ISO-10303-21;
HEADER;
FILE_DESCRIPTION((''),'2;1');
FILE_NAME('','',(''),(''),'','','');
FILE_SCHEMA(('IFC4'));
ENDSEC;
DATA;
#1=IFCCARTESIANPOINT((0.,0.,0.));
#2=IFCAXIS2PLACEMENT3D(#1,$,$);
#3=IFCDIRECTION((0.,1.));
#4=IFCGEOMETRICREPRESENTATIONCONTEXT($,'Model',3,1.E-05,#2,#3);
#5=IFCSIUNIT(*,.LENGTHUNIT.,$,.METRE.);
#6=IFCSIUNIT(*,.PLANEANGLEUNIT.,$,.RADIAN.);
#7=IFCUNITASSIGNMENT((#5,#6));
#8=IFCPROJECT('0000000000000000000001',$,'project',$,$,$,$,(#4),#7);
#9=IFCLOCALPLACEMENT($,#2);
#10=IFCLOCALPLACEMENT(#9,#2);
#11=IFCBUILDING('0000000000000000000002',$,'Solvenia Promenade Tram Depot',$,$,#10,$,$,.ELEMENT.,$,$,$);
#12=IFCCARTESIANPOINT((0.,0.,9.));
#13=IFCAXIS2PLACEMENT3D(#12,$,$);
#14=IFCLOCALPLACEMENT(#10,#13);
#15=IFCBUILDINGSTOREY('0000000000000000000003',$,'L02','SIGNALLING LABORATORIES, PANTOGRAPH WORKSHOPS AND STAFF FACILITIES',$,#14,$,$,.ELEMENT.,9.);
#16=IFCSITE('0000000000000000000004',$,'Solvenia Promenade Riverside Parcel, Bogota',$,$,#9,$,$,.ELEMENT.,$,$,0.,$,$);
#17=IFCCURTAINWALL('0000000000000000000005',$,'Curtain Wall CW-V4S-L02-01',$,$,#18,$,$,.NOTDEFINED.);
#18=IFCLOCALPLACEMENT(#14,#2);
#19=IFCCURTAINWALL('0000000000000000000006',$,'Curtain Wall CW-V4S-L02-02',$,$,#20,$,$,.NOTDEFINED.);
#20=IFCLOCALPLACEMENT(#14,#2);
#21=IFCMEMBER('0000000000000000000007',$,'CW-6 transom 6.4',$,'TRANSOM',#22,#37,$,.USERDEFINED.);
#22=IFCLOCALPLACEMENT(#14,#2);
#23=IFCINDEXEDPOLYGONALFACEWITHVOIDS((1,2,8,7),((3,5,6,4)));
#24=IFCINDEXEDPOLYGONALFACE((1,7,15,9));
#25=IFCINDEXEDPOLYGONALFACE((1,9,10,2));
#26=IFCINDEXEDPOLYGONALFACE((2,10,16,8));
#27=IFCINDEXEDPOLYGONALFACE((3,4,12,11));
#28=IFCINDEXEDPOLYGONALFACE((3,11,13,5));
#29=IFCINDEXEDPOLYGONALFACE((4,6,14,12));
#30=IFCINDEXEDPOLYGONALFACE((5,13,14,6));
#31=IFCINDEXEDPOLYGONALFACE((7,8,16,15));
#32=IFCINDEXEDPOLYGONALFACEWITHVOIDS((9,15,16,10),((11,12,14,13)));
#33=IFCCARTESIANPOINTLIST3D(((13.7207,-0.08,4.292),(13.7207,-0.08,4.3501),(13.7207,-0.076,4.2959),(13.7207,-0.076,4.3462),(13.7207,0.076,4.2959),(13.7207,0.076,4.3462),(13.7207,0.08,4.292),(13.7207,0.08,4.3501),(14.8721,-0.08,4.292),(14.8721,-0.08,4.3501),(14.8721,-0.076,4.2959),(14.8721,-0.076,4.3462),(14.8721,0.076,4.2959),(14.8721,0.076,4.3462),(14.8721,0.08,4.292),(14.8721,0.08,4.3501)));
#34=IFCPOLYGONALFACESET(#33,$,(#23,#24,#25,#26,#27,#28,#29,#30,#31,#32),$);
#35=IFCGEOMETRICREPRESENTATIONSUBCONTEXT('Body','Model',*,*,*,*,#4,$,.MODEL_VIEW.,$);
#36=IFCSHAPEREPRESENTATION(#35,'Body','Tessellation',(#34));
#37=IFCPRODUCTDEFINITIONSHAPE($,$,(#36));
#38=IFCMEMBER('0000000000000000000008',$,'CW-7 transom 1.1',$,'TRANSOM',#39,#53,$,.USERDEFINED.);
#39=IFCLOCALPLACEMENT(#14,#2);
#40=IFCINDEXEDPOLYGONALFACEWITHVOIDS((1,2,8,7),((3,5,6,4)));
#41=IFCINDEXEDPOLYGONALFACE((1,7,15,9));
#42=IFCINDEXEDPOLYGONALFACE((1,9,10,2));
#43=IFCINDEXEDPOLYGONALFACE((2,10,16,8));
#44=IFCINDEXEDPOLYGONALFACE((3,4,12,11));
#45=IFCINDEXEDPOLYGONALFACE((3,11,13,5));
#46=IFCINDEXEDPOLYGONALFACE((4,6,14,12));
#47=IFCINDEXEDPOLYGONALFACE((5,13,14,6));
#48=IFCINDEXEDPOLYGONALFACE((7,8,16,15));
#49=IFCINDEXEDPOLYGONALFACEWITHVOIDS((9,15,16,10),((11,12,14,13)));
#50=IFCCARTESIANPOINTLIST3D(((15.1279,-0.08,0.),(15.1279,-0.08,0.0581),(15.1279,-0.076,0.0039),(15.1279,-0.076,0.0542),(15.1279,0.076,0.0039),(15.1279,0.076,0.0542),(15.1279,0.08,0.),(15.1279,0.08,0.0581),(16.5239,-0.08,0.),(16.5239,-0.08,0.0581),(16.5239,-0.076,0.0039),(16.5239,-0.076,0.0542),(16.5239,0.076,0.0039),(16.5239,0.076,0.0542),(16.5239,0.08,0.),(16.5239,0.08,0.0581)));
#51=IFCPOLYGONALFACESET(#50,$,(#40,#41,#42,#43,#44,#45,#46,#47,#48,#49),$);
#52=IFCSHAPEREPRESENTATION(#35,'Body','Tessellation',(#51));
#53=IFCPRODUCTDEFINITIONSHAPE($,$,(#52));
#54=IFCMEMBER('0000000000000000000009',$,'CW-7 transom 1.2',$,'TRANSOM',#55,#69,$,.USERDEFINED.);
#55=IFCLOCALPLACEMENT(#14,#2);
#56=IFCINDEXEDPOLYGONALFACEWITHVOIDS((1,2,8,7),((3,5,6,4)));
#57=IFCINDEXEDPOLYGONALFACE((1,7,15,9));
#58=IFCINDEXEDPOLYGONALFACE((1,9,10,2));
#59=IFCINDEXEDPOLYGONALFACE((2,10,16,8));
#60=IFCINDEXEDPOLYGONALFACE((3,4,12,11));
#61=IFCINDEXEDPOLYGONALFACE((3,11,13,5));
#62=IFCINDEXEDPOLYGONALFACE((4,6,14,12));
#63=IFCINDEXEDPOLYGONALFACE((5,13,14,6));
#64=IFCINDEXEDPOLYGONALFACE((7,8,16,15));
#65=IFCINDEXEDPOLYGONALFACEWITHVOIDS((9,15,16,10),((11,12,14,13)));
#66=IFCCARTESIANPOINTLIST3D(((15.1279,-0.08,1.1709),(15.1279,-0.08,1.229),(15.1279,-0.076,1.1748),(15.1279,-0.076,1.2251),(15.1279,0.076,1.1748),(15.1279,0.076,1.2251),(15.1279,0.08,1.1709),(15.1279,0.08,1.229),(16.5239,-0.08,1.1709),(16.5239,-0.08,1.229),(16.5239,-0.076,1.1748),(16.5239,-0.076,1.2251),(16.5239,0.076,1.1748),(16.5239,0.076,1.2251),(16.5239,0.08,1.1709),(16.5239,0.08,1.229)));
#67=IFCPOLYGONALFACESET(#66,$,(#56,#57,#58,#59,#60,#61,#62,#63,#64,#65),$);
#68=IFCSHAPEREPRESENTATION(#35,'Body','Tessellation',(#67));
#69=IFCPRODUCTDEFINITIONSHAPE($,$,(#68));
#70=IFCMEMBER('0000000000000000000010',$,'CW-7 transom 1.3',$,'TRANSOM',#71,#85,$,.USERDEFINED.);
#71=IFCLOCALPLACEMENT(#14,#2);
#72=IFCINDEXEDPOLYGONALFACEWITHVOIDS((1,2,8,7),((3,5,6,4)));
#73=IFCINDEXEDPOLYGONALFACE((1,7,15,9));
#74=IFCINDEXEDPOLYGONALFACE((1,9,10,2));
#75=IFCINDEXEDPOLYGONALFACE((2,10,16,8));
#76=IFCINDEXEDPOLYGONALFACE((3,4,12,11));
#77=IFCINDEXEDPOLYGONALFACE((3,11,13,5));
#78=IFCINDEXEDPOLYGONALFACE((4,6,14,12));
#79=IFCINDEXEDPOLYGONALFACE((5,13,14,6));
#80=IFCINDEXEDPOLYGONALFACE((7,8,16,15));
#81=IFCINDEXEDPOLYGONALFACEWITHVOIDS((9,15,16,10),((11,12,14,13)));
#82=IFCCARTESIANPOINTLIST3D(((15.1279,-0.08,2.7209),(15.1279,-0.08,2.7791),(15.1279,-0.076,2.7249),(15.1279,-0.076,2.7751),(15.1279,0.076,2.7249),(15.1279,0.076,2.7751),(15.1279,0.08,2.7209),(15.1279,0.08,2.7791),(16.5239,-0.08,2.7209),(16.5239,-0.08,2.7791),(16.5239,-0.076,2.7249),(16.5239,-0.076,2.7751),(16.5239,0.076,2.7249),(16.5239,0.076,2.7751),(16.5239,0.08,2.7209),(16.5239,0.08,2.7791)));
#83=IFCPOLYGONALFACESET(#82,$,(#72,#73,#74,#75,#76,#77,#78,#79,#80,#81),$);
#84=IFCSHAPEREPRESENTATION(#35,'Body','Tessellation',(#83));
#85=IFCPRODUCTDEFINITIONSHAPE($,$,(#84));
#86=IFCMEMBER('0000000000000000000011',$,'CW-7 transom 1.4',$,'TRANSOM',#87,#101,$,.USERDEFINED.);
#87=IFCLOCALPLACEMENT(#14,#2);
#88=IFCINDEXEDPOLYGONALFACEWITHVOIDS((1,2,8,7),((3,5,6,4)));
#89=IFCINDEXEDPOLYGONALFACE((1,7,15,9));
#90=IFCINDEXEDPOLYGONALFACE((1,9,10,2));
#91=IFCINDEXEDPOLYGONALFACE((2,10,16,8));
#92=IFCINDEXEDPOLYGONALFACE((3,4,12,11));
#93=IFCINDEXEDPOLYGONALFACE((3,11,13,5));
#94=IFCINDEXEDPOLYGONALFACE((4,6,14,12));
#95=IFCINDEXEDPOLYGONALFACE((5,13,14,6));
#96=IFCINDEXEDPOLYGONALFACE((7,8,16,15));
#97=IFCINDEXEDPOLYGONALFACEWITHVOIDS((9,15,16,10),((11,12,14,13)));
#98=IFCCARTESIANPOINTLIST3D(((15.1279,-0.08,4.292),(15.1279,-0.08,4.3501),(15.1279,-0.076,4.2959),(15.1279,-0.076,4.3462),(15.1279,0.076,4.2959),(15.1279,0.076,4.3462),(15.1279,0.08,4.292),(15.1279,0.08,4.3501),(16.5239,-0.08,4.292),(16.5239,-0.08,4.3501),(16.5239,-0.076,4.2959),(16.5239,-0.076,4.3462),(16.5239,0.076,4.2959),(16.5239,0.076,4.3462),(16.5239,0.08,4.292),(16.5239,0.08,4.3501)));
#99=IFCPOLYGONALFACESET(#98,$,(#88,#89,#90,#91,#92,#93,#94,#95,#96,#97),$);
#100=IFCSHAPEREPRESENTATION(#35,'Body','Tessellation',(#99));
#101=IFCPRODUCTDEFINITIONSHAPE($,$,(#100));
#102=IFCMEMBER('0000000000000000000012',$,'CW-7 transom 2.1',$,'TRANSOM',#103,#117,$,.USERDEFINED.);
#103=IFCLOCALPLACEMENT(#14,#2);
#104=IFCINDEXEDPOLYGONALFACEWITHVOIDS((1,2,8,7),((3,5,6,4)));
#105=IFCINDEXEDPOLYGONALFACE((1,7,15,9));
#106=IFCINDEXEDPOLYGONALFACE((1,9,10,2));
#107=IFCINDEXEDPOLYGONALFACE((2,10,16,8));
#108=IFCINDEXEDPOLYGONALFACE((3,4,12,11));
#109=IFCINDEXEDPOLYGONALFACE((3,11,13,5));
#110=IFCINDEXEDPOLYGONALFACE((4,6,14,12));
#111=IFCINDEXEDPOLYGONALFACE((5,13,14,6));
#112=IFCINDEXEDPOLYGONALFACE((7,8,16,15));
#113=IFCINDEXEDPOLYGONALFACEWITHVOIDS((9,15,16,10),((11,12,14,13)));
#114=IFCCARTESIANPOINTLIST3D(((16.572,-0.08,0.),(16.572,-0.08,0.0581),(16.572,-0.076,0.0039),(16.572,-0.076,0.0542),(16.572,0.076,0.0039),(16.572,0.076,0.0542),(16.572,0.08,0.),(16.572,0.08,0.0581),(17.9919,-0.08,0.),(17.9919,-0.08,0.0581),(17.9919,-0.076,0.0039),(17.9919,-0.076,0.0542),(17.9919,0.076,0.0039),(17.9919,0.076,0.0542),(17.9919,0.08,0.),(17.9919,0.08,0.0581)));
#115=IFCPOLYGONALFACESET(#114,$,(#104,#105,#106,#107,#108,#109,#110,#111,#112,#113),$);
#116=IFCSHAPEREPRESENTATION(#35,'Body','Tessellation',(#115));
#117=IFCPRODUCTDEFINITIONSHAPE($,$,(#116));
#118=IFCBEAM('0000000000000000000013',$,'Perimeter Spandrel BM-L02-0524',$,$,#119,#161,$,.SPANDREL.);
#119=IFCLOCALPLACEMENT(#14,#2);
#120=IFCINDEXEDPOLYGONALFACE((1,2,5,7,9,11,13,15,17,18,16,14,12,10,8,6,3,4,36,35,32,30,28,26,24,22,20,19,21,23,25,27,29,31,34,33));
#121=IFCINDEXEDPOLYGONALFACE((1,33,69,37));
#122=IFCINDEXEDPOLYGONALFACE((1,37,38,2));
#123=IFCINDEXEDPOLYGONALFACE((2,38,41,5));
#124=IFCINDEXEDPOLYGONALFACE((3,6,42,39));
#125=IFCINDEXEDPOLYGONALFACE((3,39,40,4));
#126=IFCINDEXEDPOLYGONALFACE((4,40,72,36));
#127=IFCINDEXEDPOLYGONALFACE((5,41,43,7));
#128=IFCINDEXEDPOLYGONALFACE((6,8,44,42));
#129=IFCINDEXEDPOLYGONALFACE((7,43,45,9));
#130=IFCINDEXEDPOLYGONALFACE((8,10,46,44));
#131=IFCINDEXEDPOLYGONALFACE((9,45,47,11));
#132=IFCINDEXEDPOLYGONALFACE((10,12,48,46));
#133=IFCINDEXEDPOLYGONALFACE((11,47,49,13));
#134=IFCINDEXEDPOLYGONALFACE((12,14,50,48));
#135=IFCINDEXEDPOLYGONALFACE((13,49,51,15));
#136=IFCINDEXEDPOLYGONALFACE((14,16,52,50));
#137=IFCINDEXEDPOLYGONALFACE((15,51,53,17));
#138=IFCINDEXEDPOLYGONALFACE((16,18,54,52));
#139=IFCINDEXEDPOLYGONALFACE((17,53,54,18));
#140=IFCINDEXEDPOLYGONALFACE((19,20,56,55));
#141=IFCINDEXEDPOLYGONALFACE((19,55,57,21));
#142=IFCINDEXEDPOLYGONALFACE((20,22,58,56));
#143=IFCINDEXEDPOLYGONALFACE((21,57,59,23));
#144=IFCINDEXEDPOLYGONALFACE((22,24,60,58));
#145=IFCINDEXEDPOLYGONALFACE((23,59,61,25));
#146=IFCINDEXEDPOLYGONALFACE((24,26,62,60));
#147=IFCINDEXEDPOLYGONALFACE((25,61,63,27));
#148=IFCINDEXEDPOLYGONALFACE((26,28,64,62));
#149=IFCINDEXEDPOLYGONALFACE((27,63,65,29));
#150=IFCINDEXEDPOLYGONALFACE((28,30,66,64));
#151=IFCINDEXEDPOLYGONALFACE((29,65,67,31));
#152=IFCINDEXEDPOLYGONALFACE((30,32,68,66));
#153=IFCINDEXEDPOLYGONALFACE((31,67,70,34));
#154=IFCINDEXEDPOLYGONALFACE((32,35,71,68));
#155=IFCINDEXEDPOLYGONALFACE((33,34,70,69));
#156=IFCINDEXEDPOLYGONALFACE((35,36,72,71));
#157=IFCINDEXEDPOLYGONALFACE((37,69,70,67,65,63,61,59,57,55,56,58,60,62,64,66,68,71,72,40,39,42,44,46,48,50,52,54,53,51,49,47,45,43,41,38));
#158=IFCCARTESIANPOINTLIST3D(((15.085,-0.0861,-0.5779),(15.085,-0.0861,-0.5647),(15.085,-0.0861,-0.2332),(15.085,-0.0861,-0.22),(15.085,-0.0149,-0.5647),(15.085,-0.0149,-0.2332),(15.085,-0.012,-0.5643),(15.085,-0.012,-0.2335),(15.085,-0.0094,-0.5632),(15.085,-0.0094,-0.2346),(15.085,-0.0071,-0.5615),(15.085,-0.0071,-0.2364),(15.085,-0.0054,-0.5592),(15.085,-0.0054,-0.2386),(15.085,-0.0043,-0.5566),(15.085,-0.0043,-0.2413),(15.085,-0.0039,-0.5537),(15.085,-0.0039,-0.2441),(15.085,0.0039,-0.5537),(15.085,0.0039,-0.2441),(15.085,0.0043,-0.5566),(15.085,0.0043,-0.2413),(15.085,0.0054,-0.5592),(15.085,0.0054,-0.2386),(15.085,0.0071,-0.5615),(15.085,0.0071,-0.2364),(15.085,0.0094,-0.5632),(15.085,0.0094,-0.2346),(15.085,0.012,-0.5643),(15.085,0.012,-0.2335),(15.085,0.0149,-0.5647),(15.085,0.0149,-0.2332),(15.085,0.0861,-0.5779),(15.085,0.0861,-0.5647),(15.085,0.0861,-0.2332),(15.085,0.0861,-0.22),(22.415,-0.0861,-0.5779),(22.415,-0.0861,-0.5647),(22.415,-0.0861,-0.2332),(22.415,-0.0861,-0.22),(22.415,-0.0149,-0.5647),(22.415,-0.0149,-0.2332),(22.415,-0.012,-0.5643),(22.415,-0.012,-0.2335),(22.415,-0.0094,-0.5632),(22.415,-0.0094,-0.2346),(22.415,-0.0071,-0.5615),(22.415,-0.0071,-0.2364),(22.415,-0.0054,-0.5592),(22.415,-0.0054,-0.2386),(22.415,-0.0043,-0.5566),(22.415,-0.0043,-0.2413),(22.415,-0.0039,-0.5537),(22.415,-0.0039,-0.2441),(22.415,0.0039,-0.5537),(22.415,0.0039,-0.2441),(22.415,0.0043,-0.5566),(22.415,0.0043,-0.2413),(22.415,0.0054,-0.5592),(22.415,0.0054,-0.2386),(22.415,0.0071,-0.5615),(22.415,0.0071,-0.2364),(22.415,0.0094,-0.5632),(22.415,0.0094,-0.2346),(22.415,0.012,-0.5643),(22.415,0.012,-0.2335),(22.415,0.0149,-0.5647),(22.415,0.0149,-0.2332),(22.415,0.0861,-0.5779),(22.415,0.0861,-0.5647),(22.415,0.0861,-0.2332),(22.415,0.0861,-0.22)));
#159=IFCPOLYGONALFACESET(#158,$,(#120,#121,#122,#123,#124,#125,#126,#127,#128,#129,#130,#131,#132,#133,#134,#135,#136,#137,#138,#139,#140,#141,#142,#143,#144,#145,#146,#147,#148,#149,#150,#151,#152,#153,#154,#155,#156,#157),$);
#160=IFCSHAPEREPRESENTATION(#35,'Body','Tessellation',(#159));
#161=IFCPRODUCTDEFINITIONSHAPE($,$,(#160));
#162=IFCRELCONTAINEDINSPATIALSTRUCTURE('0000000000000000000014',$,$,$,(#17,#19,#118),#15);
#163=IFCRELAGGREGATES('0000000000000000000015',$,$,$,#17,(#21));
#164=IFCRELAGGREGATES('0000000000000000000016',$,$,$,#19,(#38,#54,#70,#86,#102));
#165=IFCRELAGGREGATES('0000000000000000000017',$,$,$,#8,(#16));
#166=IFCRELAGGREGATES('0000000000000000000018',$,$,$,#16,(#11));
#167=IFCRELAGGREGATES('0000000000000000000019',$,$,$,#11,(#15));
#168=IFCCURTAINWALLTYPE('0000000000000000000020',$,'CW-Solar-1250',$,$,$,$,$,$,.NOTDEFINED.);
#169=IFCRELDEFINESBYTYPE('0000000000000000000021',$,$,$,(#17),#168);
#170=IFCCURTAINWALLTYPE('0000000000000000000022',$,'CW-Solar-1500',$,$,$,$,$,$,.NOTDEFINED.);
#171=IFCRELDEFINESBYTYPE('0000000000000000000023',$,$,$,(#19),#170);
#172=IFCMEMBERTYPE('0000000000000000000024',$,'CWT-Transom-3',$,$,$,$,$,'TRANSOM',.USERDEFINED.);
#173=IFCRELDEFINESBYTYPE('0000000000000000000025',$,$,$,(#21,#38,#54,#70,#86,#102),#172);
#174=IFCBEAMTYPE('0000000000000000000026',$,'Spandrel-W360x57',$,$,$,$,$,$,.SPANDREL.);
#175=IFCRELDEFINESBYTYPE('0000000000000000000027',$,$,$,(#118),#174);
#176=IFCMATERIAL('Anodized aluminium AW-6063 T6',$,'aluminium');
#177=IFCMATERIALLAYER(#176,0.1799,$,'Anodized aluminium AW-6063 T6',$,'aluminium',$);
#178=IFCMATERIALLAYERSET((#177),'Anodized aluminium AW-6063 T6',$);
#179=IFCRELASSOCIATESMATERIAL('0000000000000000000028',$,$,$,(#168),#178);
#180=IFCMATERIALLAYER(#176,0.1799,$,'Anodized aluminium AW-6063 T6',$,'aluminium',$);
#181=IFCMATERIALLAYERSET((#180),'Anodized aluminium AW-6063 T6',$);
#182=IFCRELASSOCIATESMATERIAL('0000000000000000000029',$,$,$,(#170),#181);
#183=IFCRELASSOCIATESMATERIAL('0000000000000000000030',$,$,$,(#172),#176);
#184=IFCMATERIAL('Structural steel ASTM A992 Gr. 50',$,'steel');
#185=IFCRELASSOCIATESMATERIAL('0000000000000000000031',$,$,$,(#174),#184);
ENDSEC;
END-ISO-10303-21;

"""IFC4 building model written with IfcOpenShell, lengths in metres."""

from ifc_helpers import new_model, si_unit, direction, frame, origin, origin_2d, place, context, subcontext, project, spatial, hollow_rectangle, i_section, extrude, material, layer, layer_set, material_profile, profile_set, type_object, element, aggregate, save


model = new_model("IFC4")

# Units and contexts
model_context = context("Model", 3, precision=1e-05, world=origin(), true_north=direction((0.0, 1.0)))
body_context = subcontext(model_context, "Body", "Model", "MODEL_VIEW")
ifc_project = project(units=[si_unit("LENGTHUNIT", "METRE"), si_unit("PLANEANGLEUNIT", "RADIAN")], contexts=[model_context])

# Site, building, storey
site_placement = place(None, origin())
site = spatial("IfcSite", under=ifc_project, at=site_placement, Name="Solvenia Promenade Riverside Parcel, Bogota", CompositionType="ELEMENT", RefElevation=0.0)
building_placement = place(site_placement, origin())
building = spatial("IfcBuilding", under=site, at=building_placement, Name="Solvenia Promenade Tram Depot", CompositionType="ELEMENT")
storey_placement = place(building_placement, frame((0.0, 0.0, 9.0)))
storey = spatial("IfcBuildingStorey", under=building, at=storey_placement, Name="L02", Description="SIGNALLING LABORATORIES, PANTOGRAPH WORKSHOPS AND STAFF FACILITIES", CompositionType="ELEMENT", Elevation=9.0)

# Shared definitions
ifc_material_1 = material(Name="Structural steel ASTM A992 Gr. 50", Category="steel")

# Curtain walls
ifc_material_2 = material(Name="Anodized aluminium AW-6063 T6", Category="aluminium")
ifc_layer_1 = layer(ifc_material_2, 0.1799, Name="Anodized aluminium AW-6063 T6", Category="aluminium")
ifc_layer_set_1 = layer_set([ifc_layer_1], Name="Anodized aluminium AW-6063 T6")
curtain_wall_type_1 = type_object("IfcCurtainWallType", Name="CW-Solar-1250", PredefinedType="NOTDEFINED", material=ifc_layer_set_1)
curtain_wall_1_placement = place(storey_placement, origin())
curtain_wall_1 = element("IfcCurtainWall", 1, at=curtain_wall_1_placement, inside=storey, type_object=curtain_wall_type_1, Name="Curtain Wall CW-V4S-L02-01", PredefinedType="NOTDEFINED")
ifc_layer_2 = layer(ifc_material_2, 0.1799, Name="Anodized aluminium AW-6063 T6", Category="aluminium")
ifc_layer_set_2 = layer_set([ifc_layer_2], Name="Anodized aluminium AW-6063 T6")
curtain_wall_type_2 = type_object("IfcCurtainWallType", Name="CW-Solar-1500", PredefinedType="NOTDEFINED", material=ifc_layer_set_2)
curtain_wall_2_placement = place(storey_placement, origin())
curtain_wall_2 = element("IfcCurtainWall", 2, at=curtain_wall_2_placement, inside=storey, type_object=curtain_wall_type_2, Name="Curtain Wall CW-V4S-L02-02", PredefinedType="NOTDEFINED")

# Members
ifc_material_profile_1 = material_profile(ifc_material_2, hollow_rectangle(XDim=0.1599, YDim=0.0581, WallThickness=0.0039, at=origin_2d()), Name="ALU-T3", Category="aluminium")
ifc_profile_set_1 = profile_set([ifc_material_profile_1], Name="Anodized aluminium AW-6063 T6")
member_type_1 = type_object("IfcMemberType", Name="CWT-Transom-3", ElementType="TRANSOM", PredefinedType="USERDEFINED", material=ifc_profile_set_1)
member_1_placement = place(storey_placement, frame((13.7207, 0.0, 4.321), z_axis=(1.0, 0.0, 0.0), x_axis=(0.0, 1.0, 0.0)))
member_1 = element("IfcMember", 3, at=member_1_placement, type_object=member_type_1, Name="CW-6 transom 6.4", ObjectType="TRANSOM", PredefinedType="USERDEFINED", context=body_context, shape_type="SweptSolid", body=[
    extrude(hollow_rectangle(XDim=0.1599, YDim=0.0581, WallThickness=0.0039, at=origin_2d()), origin(), (0.0, 0.0, 1.0), 1.1514),
])
member_2_placement = place(storey_placement, frame((15.1279, 0.0, 0.0291), z_axis=(1.0, 0.0, 0.0), x_axis=(0.0, 1.0, 0.0)))
member_2 = element("IfcMember", 4, at=member_2_placement, type_object=member_type_1, Name="CW-7 transom 1.1", ObjectType="TRANSOM", PredefinedType="USERDEFINED", context=body_context, shape_type="SweptSolid", body=[
    extrude(hollow_rectangle(XDim=0.1599, YDim=0.0581, WallThickness=0.0039, at=origin_2d()), origin(), (0.0, 0.0, 1.0), 1.396),
])
member_3_placement = place(storey_placement, frame((15.1279, 0.0, 1.2), z_axis=(1.0, 0.0, 0.0), x_axis=(0.0, 1.0, 0.0)))
member_3 = element("IfcMember", 5, at=member_3_placement, type_object=member_type_1, Name="CW-7 transom 1.2", ObjectType="TRANSOM", PredefinedType="USERDEFINED", context=body_context, shape_type="SweptSolid", body=[
    extrude(hollow_rectangle(XDim=0.1599, YDim=0.0581, WallThickness=0.0039, at=origin_2d()), origin(), (0.0, 0.0, 1.0), 1.396),
])
member_4_placement = place(storey_placement, frame((15.1279, 0.0, 2.75), z_axis=(1.0, 0.0, 0.0), x_axis=(0.0, 1.0, 0.0)))
member_4 = element("IfcMember", 6, at=member_4_placement, type_object=member_type_1, Name="CW-7 transom 1.3", ObjectType="TRANSOM", PredefinedType="USERDEFINED", context=body_context, shape_type="SweptSolid", body=[
    extrude(hollow_rectangle(XDim=0.1599, YDim=0.0581, WallThickness=0.0039, at=origin_2d()), origin(), (0.0, 0.0, 1.0), 1.396),
])
member_5_placement = place(storey_placement, frame((15.1279, 0.0, 4.321), z_axis=(1.0, 0.0, 0.0), x_axis=(0.0, 1.0, 0.0)))
member_5 = element("IfcMember", 7, at=member_5_placement, type_object=member_type_1, Name="CW-7 transom 1.4", ObjectType="TRANSOM", PredefinedType="USERDEFINED", context=body_context, shape_type="SweptSolid", body=[
    extrude(hollow_rectangle(XDim=0.1599, YDim=0.0581, WallThickness=0.0039, at=origin_2d()), origin(), (0.0, 0.0, 1.0), 1.396),
])
member_6_placement = place(storey_placement, frame((16.572, 0.0, 0.0291), z_axis=(1.0, 0.0, 0.0), x_axis=(0.0, 1.0, 0.0)))
member_6 = element("IfcMember", 8, at=member_6_placement, type_object=member_type_1, Name="CW-7 transom 2.1", ObjectType="TRANSOM", PredefinedType="USERDEFINED", context=body_context, shape_type="SweptSolid", body=[
    extrude(hollow_rectangle(XDim=0.1599, YDim=0.0581, WallThickness=0.0039, at=origin_2d()), origin(), (0.0, 0.0, 1.0), 1.4199),
])

# Beam
ifc_material_profile_2 = material_profile(ifc_material_1, i_section(OverallWidth=0.1721, OverallDepth=0.3579, WebThickness=0.0078, FlangeThickness=0.0132, FilletRadius=0.011, at=origin_2d()), Name="W360x57", Category="steel")
ifc_profile_set_2 = profile_set([ifc_material_profile_2], Name="Structural steel ASTM A992 Gr. 50")
beam_type = type_object("IfcBeamType", Name="Spandrel-W360x57", PredefinedType="SPANDREL", material=ifc_profile_set_2)
for number, where, z_axis, x_axis, name in (
    (9, (15.085, 0.0, -0.3989), (1.0, 0.0, 0.0), (0.0, 1.0, 0.0), "Perimeter Spandrel BM-L02-0524"),
):
    element("IfcBeam", number, at=place(storey_placement, frame(where, z_axis=z_axis, x_axis=x_axis)), inside=storey, type_object=beam_type, Name=name, PredefinedType="SPANDREL", context=body_context, shape_type="SweptSolid", body=[
        extrude(i_section(OverallWidth=0.1721, OverallDepth=0.3579, WebThickness=0.0078, FlangeThickness=0.0132, FilletRadius=0.011, at=origin_2d()), origin(), (0.0, 0.0, 1.0), 7.3301),
    ])

aggregate(curtain_wall_1, [member_1])
aggregate(curtain_wall_2, [member_2, member_3, member_4, member_5, member_6])

save(model, "model.ifc")
